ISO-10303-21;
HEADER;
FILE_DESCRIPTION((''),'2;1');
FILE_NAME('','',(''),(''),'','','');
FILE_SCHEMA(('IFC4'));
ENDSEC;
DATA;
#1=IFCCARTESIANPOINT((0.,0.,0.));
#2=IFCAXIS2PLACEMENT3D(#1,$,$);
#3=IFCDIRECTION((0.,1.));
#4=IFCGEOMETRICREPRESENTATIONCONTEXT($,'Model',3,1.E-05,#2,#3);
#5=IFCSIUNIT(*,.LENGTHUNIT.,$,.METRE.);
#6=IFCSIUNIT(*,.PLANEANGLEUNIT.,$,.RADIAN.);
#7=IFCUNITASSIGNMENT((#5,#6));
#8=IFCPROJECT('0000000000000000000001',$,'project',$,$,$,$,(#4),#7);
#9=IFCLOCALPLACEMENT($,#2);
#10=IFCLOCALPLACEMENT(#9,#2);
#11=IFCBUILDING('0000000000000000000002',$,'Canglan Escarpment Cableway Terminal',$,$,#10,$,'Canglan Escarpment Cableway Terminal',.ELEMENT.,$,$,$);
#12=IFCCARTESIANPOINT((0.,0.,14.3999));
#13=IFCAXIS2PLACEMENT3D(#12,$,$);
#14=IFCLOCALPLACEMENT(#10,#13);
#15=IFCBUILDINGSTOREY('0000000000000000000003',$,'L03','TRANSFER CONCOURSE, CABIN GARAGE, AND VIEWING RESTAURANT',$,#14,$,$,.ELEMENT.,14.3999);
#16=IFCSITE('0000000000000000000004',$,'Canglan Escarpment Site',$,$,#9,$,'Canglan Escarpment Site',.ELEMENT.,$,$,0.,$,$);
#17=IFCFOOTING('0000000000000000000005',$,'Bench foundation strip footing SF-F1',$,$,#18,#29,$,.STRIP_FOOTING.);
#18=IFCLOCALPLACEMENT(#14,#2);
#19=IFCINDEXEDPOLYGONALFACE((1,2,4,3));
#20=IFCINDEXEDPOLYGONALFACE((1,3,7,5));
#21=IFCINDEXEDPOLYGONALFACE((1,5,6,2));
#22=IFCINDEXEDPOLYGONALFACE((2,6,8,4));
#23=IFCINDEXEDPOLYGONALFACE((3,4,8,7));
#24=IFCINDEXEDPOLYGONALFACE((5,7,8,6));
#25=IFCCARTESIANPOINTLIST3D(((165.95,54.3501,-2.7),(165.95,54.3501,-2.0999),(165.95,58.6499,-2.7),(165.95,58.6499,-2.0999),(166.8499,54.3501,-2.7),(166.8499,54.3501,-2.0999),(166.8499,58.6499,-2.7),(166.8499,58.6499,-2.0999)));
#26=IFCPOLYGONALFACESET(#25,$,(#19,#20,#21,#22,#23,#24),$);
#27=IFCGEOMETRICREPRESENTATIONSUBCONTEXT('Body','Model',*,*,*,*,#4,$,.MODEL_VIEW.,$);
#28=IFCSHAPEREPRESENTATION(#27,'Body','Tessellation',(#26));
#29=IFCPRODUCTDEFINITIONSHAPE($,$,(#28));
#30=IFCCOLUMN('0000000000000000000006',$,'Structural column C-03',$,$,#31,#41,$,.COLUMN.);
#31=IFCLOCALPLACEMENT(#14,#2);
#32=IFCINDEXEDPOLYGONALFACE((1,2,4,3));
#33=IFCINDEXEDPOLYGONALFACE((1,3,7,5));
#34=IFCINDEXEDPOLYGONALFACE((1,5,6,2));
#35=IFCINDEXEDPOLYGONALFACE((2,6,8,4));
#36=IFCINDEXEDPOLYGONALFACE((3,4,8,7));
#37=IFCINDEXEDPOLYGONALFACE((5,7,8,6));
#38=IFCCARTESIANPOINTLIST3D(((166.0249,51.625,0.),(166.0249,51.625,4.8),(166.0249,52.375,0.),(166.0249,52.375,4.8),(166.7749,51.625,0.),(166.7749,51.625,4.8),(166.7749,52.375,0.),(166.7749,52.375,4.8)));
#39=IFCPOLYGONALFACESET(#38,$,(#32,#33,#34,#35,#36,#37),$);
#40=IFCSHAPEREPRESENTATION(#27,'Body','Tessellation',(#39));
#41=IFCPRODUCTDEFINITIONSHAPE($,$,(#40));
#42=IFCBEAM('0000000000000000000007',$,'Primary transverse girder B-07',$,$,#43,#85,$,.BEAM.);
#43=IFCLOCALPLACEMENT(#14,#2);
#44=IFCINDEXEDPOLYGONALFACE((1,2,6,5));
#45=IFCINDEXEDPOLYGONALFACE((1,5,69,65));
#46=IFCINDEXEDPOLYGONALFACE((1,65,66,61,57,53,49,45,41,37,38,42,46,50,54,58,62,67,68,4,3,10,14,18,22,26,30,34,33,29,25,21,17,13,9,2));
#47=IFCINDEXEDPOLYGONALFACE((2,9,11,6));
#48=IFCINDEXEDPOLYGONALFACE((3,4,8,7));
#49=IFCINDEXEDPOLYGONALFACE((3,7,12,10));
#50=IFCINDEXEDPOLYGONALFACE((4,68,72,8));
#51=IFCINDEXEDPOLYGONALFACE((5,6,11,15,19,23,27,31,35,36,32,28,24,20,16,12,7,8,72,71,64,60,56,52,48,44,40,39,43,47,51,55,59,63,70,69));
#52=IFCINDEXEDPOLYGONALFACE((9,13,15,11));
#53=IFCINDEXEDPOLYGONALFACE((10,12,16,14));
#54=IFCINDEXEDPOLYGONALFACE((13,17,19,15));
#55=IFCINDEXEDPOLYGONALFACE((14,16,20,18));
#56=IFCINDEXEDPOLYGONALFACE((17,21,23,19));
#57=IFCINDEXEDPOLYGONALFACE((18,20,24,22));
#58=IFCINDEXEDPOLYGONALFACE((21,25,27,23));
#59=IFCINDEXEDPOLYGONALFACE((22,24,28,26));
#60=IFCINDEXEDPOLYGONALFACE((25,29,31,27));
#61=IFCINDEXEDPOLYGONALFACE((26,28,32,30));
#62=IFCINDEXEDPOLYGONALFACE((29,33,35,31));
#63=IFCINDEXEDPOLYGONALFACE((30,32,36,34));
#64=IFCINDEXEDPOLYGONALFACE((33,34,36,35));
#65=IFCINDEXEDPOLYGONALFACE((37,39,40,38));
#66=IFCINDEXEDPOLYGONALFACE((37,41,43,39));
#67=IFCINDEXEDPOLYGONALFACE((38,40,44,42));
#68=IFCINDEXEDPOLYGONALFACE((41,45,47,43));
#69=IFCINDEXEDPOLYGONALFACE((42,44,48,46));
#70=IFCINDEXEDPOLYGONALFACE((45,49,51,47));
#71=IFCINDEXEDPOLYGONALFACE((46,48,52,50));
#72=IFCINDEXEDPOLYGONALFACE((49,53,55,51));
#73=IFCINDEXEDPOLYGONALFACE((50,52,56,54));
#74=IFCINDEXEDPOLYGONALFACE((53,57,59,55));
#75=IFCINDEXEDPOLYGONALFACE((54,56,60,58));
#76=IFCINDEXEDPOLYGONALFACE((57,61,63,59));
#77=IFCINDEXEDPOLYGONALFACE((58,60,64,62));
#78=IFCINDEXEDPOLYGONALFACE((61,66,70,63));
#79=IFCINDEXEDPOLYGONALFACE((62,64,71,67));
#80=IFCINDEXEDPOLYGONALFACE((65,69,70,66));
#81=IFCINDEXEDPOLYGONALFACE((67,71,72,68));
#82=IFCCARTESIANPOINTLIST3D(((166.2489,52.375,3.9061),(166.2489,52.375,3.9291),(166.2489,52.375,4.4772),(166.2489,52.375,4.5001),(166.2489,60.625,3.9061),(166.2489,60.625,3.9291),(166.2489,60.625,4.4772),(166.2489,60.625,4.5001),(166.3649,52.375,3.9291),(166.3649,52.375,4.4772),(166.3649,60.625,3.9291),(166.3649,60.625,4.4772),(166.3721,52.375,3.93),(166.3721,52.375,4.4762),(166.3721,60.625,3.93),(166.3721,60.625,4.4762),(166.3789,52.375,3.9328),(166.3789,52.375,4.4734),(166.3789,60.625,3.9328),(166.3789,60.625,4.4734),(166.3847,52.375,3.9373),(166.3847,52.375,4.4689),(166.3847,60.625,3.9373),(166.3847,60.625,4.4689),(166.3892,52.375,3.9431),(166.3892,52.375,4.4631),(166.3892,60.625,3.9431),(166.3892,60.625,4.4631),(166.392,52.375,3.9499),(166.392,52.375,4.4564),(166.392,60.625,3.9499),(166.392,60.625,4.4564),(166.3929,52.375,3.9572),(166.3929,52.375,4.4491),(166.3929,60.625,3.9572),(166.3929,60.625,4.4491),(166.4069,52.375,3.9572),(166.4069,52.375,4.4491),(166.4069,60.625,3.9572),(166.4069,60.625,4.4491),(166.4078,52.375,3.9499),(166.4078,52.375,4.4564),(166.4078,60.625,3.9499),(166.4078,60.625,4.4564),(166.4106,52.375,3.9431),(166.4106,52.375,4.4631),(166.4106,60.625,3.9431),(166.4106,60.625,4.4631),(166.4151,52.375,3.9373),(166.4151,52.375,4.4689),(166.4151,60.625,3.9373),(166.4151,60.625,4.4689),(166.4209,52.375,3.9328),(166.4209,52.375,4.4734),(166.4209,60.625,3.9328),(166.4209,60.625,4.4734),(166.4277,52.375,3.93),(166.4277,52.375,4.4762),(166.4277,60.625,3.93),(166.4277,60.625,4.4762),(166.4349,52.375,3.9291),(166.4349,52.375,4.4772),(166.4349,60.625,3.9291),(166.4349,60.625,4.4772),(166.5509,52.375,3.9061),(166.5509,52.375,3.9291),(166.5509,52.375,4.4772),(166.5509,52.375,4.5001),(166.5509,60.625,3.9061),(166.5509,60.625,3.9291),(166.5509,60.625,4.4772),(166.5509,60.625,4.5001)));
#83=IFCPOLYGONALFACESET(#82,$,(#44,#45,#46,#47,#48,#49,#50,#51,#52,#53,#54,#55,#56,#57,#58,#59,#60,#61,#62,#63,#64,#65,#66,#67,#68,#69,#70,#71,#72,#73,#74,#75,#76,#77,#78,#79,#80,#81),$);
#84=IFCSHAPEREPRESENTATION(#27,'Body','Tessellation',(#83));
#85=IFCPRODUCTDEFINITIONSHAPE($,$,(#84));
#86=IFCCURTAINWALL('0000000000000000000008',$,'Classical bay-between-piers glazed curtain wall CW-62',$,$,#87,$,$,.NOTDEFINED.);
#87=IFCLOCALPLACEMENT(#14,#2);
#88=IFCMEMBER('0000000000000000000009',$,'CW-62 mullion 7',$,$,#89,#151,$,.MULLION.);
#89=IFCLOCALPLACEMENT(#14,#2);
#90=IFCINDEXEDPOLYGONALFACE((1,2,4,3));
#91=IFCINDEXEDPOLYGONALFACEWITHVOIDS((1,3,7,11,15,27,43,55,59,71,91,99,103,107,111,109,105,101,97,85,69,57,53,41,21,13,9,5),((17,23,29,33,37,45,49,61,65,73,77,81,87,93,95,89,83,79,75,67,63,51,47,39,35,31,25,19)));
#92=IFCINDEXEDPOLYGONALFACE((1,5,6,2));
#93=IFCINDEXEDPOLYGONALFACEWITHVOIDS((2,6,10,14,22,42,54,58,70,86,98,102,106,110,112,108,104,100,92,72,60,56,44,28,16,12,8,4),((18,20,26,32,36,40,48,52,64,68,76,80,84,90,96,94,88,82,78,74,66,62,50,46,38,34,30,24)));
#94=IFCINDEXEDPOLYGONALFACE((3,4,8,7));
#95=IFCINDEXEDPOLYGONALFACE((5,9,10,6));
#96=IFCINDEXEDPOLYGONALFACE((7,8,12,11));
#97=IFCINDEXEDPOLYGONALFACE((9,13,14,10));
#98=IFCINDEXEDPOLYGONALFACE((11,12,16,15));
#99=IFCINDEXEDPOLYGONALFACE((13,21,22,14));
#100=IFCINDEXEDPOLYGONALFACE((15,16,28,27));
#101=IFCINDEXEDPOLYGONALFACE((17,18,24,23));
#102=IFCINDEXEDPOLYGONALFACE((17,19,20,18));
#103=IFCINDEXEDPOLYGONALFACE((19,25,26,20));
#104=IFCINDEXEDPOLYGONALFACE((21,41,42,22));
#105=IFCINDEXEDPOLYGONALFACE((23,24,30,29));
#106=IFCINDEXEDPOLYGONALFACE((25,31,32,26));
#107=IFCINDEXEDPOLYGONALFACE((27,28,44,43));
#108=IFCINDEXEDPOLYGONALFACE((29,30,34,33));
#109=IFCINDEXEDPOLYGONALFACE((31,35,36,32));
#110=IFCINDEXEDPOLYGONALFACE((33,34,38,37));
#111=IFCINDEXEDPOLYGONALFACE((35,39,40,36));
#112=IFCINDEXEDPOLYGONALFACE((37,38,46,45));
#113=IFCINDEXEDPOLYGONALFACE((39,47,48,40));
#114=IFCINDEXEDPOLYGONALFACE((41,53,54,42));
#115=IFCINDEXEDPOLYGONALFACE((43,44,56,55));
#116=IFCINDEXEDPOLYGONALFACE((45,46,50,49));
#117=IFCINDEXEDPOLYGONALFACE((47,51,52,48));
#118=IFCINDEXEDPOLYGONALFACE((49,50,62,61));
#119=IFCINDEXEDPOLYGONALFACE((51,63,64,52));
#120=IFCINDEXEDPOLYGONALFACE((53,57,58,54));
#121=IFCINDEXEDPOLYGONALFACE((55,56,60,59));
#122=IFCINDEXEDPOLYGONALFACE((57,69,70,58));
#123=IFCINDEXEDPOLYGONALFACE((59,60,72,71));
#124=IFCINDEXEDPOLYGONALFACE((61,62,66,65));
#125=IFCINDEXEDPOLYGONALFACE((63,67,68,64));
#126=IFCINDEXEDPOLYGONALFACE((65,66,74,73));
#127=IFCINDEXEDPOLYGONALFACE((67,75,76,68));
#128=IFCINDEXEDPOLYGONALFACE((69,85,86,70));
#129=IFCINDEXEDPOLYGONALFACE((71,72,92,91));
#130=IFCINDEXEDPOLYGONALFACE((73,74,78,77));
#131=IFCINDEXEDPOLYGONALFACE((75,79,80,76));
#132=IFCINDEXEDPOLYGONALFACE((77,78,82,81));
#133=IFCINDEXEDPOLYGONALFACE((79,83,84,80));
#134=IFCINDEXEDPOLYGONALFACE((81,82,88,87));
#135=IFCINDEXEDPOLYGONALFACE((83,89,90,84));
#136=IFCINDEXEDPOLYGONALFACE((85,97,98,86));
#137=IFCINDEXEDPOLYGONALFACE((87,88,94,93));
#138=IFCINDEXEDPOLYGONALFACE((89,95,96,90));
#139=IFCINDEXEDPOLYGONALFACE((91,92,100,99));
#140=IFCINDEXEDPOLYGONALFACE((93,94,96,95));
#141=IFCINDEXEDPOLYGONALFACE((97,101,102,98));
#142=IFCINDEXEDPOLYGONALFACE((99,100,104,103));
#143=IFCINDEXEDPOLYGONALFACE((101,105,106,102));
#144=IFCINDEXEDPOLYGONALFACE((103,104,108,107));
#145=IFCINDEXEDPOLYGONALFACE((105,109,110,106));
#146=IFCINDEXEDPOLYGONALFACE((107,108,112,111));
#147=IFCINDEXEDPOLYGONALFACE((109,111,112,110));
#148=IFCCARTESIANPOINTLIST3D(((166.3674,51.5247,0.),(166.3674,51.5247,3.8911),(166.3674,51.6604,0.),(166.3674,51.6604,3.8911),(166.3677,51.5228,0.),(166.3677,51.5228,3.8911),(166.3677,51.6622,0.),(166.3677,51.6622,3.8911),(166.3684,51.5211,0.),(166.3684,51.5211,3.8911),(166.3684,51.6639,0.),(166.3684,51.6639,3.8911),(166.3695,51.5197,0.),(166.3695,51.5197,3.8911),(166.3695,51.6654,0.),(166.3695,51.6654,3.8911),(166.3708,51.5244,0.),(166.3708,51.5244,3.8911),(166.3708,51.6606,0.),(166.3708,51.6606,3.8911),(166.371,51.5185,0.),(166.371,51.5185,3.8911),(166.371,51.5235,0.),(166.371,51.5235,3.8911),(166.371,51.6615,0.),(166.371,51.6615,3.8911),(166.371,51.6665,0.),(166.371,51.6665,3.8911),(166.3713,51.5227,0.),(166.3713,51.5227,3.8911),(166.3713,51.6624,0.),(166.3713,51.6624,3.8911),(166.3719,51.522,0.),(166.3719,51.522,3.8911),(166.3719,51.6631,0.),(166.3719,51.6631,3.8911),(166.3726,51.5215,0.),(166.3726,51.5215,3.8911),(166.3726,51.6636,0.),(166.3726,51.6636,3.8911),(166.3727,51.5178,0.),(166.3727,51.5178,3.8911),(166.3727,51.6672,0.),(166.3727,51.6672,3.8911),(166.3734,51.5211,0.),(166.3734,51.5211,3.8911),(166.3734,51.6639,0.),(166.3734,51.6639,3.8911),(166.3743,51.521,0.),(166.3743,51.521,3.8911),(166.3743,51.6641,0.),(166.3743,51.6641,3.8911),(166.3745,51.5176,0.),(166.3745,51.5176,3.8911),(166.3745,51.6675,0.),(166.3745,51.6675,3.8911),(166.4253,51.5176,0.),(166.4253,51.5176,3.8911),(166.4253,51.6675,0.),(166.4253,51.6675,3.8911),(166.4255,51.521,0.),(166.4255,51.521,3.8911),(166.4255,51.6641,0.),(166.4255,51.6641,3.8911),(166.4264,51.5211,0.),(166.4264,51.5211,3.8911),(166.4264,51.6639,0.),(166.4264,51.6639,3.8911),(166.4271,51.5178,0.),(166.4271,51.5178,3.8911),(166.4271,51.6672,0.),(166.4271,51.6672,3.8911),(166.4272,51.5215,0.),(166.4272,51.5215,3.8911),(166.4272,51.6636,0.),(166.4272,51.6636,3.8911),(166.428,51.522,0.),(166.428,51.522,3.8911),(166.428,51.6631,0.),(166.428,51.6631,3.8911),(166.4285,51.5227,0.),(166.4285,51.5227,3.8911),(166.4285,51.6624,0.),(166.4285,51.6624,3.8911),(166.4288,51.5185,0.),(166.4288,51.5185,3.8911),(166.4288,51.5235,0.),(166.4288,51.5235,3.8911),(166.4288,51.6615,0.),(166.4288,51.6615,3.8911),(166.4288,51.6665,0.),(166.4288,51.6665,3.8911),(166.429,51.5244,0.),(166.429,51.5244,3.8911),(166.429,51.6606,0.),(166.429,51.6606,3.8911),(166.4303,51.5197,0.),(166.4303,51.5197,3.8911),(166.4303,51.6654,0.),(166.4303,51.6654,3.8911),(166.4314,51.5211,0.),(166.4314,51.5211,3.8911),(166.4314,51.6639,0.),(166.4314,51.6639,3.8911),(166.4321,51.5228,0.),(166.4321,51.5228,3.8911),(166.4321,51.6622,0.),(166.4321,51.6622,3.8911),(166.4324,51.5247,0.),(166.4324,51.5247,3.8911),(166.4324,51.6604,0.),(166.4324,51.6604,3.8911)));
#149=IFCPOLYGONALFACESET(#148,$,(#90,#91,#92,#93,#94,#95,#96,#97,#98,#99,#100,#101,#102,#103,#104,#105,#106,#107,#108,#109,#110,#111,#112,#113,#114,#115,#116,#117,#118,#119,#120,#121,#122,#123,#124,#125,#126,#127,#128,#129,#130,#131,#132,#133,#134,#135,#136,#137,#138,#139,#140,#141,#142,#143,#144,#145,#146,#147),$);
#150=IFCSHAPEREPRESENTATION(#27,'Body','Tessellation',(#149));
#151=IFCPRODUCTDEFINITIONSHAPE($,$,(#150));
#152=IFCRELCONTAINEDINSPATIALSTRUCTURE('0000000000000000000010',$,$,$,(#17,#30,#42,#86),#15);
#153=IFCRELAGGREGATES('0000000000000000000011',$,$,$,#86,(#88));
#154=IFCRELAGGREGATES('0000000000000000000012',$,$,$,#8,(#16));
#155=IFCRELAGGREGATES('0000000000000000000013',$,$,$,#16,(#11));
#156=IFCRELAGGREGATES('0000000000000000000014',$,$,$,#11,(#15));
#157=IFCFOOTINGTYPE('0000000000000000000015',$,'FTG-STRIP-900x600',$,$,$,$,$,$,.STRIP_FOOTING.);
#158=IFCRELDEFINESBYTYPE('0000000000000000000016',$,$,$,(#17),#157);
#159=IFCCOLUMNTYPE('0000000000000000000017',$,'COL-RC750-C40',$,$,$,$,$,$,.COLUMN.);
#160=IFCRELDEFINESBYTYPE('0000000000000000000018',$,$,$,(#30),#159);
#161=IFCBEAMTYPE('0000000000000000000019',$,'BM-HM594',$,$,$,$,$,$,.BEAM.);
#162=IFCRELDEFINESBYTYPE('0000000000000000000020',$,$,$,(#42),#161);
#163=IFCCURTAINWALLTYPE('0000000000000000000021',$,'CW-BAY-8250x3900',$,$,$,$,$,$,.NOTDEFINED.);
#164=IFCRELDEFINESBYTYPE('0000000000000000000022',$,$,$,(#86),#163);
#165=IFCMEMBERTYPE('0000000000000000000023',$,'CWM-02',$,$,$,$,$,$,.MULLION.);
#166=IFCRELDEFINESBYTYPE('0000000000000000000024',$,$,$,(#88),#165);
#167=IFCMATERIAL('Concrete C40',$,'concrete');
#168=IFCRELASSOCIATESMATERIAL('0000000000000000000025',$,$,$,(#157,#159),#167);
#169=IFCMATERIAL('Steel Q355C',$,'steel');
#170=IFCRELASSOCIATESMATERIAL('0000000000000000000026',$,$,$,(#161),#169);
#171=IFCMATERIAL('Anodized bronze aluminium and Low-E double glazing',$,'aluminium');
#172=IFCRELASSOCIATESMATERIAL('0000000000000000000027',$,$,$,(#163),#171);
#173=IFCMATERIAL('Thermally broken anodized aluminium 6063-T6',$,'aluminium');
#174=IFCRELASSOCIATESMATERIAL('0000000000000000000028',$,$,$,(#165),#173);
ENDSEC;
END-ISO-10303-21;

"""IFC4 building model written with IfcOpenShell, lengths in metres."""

from ifc_helpers import new_model, si_unit, direction, frame, origin, origin_2d, place, context, subcontext, project, spatial, rectangle, hollow_rectangle, i_section, extrude, material, material_profile, profile_set, type_object, element, aggregate, save


model = new_model("IFC4")

# Units and contexts
model_context = context("Model", 3, precision=1e-05, world=origin(), true_north=direction((0.0, 1.0)))
body_context = subcontext(model_context, "Body", "Model", "MODEL_VIEW")
ifc_project = project(units=[si_unit("LENGTHUNIT", "METRE"), si_unit("PLANEANGLEUNIT", "RADIAN")], contexts=[model_context])

# Site, building, storey
site_placement = place(None, origin())
site = spatial("IfcSite", under=ifc_project, at=site_placement, Name="Canglan Escarpment Site", LongName="Canglan Escarpment Site", CompositionType="ELEMENT", RefElevation=0.0)
building_placement = place(site_placement, origin())
building = spatial("IfcBuilding", under=site, at=building_placement, Name="Canglan Escarpment Cableway Terminal", LongName="Canglan Escarpment Cableway Terminal", CompositionType="ELEMENT")
storey_placement = place(building_placement, frame((0.0, 0.0, 14.3999)))
storey = spatial("IfcBuildingStorey", under=building, at=storey_placement, Name="L03", Description="TRANSFER CONCOURSE, CABIN GARAGE, AND VIEWING RESTAURANT", CompositionType="ELEMENT", Elevation=14.3999)

# Footing
ifc_material_1 = material(Name="Concrete C40", Category="concrete")
ifc_material_profile_1 = material_profile(ifc_material_1, rectangle(XDim=0.8999, YDim=0.6001, at=origin_2d()), Name="SF 900x600")
ifc_profile_set_1 = profile_set([ifc_material_profile_1], Name="Concrete C40")
footing_type = type_object("IfcFootingType", Name="FTG-STRIP-900x600", PredefinedType="STRIP_FOOTING", material=ifc_profile_set_1)
footing_placement = place(storey_placement, frame((166.3999, 54.3501, -2.3999), z_axis=(0.0, 1.0, 0.0), x_axis=(-1.0, 0.0, 0.0)))
element("IfcFooting", 1, at=footing_placement, inside=storey, type_object=footing_type, Name="Bench foundation strip footing SF-F1", PredefinedType="STRIP_FOOTING", context=body_context, shape_type="SweptSolid", body=[
    extrude(rectangle(XDim=0.8999, YDim=0.6001, at=origin_2d()), origin(), (0.0, 0.0, 1.0), 4.2998),
])

# Column
ifc_material_profile_2 = material_profile(ifc_material_1, rectangle(XDim=0.75, YDim=0.75, at=origin_2d()), Name="RC 750x750")
ifc_profile_set_2 = profile_set([ifc_material_profile_2], Name="Concrete C40")
column_type = type_object("IfcColumnType", Name="COL-RC750-C40", PredefinedType="COLUMN", material=ifc_profile_set_2)
column_placement = place(storey_placement, frame((166.3999, 52.0, 0.0), z_axis=(0.0, 0.0, 1.0), x_axis=(1.0, 0.0, 0.0)))
element("IfcColumn", 2, at=column_placement, inside=storey, type_object=column_type, Name="Structural column C-03", PredefinedType="COLUMN", context=body_context, shape_type="SweptSolid", body=[
    extrude(rectangle(XDim=0.75, YDim=0.75, at=origin_2d()), origin(), (0.0, 0.0, 1.0), 4.8),
])

# Beam
ifc_material_2 = material(Name="Steel Q355C", Category="steel")
ifc_material_profile_3 = material_profile(ifc_material_2, i_section(OverallWidth=0.302, OverallDepth=0.594, WebThickness=0.0139, FlangeThickness=0.0229, FilletRadius=0.0281, at=origin_2d()), Name="HM 594x302x14x23")
ifc_profile_set_3 = profile_set([ifc_material_profile_3], Name="Steel Q355C")
beam_type = type_object("IfcBeamType", Name="BM-HM594", PredefinedType="BEAM", material=ifc_profile_set_3)
beam_placement = place(storey_placement, frame((166.3999, 52.375, 4.2031), z_axis=(0.0, 1.0, 0.0), x_axis=(-1.0, 0.0, 0.0)))
element("IfcBeam", 3, at=beam_placement, inside=storey, type_object=beam_type, Name="Primary transverse girder B-07", PredefinedType="BEAM", context=body_context, shape_type="SweptSolid", body=[
    extrude(i_section(OverallWidth=0.302, OverallDepth=0.594, WebThickness=0.0139, FlangeThickness=0.0229, FilletRadius=0.0281, at=origin_2d()), origin(), (0.0, 0.0, 1.0), 8.25),
])

# Curtain wall, member
ifc_material_3 = material(Name="Anodized bronze aluminium and Low-E double glazing", Category="aluminium")
curtain_wall_type = type_object("IfcCurtainWallType", Name="CW-BAY-8250x3900", PredefinedType="NOTDEFINED", material=ifc_material_3)
curtain_wall_1_placement = place(storey_placement, origin())
curtain_wall_1 = element("IfcCurtainWall", 4, at=curtain_wall_1_placement, inside=storey, type_object=curtain_wall_type, Name="Classical bay-between-piers glazed curtain wall CW-62", PredefinedType="NOTDEFINED")
ifc_material_4 = material(Name="Thermally broken anodized aluminium 6063-T6", Category="aluminium")
ifc_material_profile_4 = material_profile(ifc_material_4, hollow_rectangle(XDim=0.0649, YDim=0.1499, WallThickness=0.0034, InnerFilletRadius=0.0034, OuterFilletRadius=0.0071, at=origin_2d()), Name="ALU-MULL 65x150x3.5")
ifc_profile_set_4 = profile_set([ifc_material_profile_4], Name="Thermally broken anodized aluminium 6063-T6")
member_type_1 = type_object("IfcMemberType", Name="CWM-02", PredefinedType="MULLION", material=ifc_profile_set_4)
member_1_placement = place(storey_placement, frame((166.3999, 51.5925, 0.0), z_axis=(0.0, 0.0, 1.0), x_axis=(-1.0, 0.0, 0.0)))
member_1 = element("IfcMember", 5, at=member_1_placement, type_object=member_type_1, Name="CW-62 mullion 7", PredefinedType="MULLION", context=body_context, shape_type="SweptSolid", body=[
    extrude(hollow_rectangle(XDim=0.0649, YDim=0.1499, WallThickness=0.0034, InnerFilletRadius=0.0034, OuterFilletRadius=0.0071, at=origin_2d()), origin(), (0.0, 0.0, 1.0), 3.8911),
])

aggregate(curtain_wall_1, [member_1])

save(model, "model.ifc")
